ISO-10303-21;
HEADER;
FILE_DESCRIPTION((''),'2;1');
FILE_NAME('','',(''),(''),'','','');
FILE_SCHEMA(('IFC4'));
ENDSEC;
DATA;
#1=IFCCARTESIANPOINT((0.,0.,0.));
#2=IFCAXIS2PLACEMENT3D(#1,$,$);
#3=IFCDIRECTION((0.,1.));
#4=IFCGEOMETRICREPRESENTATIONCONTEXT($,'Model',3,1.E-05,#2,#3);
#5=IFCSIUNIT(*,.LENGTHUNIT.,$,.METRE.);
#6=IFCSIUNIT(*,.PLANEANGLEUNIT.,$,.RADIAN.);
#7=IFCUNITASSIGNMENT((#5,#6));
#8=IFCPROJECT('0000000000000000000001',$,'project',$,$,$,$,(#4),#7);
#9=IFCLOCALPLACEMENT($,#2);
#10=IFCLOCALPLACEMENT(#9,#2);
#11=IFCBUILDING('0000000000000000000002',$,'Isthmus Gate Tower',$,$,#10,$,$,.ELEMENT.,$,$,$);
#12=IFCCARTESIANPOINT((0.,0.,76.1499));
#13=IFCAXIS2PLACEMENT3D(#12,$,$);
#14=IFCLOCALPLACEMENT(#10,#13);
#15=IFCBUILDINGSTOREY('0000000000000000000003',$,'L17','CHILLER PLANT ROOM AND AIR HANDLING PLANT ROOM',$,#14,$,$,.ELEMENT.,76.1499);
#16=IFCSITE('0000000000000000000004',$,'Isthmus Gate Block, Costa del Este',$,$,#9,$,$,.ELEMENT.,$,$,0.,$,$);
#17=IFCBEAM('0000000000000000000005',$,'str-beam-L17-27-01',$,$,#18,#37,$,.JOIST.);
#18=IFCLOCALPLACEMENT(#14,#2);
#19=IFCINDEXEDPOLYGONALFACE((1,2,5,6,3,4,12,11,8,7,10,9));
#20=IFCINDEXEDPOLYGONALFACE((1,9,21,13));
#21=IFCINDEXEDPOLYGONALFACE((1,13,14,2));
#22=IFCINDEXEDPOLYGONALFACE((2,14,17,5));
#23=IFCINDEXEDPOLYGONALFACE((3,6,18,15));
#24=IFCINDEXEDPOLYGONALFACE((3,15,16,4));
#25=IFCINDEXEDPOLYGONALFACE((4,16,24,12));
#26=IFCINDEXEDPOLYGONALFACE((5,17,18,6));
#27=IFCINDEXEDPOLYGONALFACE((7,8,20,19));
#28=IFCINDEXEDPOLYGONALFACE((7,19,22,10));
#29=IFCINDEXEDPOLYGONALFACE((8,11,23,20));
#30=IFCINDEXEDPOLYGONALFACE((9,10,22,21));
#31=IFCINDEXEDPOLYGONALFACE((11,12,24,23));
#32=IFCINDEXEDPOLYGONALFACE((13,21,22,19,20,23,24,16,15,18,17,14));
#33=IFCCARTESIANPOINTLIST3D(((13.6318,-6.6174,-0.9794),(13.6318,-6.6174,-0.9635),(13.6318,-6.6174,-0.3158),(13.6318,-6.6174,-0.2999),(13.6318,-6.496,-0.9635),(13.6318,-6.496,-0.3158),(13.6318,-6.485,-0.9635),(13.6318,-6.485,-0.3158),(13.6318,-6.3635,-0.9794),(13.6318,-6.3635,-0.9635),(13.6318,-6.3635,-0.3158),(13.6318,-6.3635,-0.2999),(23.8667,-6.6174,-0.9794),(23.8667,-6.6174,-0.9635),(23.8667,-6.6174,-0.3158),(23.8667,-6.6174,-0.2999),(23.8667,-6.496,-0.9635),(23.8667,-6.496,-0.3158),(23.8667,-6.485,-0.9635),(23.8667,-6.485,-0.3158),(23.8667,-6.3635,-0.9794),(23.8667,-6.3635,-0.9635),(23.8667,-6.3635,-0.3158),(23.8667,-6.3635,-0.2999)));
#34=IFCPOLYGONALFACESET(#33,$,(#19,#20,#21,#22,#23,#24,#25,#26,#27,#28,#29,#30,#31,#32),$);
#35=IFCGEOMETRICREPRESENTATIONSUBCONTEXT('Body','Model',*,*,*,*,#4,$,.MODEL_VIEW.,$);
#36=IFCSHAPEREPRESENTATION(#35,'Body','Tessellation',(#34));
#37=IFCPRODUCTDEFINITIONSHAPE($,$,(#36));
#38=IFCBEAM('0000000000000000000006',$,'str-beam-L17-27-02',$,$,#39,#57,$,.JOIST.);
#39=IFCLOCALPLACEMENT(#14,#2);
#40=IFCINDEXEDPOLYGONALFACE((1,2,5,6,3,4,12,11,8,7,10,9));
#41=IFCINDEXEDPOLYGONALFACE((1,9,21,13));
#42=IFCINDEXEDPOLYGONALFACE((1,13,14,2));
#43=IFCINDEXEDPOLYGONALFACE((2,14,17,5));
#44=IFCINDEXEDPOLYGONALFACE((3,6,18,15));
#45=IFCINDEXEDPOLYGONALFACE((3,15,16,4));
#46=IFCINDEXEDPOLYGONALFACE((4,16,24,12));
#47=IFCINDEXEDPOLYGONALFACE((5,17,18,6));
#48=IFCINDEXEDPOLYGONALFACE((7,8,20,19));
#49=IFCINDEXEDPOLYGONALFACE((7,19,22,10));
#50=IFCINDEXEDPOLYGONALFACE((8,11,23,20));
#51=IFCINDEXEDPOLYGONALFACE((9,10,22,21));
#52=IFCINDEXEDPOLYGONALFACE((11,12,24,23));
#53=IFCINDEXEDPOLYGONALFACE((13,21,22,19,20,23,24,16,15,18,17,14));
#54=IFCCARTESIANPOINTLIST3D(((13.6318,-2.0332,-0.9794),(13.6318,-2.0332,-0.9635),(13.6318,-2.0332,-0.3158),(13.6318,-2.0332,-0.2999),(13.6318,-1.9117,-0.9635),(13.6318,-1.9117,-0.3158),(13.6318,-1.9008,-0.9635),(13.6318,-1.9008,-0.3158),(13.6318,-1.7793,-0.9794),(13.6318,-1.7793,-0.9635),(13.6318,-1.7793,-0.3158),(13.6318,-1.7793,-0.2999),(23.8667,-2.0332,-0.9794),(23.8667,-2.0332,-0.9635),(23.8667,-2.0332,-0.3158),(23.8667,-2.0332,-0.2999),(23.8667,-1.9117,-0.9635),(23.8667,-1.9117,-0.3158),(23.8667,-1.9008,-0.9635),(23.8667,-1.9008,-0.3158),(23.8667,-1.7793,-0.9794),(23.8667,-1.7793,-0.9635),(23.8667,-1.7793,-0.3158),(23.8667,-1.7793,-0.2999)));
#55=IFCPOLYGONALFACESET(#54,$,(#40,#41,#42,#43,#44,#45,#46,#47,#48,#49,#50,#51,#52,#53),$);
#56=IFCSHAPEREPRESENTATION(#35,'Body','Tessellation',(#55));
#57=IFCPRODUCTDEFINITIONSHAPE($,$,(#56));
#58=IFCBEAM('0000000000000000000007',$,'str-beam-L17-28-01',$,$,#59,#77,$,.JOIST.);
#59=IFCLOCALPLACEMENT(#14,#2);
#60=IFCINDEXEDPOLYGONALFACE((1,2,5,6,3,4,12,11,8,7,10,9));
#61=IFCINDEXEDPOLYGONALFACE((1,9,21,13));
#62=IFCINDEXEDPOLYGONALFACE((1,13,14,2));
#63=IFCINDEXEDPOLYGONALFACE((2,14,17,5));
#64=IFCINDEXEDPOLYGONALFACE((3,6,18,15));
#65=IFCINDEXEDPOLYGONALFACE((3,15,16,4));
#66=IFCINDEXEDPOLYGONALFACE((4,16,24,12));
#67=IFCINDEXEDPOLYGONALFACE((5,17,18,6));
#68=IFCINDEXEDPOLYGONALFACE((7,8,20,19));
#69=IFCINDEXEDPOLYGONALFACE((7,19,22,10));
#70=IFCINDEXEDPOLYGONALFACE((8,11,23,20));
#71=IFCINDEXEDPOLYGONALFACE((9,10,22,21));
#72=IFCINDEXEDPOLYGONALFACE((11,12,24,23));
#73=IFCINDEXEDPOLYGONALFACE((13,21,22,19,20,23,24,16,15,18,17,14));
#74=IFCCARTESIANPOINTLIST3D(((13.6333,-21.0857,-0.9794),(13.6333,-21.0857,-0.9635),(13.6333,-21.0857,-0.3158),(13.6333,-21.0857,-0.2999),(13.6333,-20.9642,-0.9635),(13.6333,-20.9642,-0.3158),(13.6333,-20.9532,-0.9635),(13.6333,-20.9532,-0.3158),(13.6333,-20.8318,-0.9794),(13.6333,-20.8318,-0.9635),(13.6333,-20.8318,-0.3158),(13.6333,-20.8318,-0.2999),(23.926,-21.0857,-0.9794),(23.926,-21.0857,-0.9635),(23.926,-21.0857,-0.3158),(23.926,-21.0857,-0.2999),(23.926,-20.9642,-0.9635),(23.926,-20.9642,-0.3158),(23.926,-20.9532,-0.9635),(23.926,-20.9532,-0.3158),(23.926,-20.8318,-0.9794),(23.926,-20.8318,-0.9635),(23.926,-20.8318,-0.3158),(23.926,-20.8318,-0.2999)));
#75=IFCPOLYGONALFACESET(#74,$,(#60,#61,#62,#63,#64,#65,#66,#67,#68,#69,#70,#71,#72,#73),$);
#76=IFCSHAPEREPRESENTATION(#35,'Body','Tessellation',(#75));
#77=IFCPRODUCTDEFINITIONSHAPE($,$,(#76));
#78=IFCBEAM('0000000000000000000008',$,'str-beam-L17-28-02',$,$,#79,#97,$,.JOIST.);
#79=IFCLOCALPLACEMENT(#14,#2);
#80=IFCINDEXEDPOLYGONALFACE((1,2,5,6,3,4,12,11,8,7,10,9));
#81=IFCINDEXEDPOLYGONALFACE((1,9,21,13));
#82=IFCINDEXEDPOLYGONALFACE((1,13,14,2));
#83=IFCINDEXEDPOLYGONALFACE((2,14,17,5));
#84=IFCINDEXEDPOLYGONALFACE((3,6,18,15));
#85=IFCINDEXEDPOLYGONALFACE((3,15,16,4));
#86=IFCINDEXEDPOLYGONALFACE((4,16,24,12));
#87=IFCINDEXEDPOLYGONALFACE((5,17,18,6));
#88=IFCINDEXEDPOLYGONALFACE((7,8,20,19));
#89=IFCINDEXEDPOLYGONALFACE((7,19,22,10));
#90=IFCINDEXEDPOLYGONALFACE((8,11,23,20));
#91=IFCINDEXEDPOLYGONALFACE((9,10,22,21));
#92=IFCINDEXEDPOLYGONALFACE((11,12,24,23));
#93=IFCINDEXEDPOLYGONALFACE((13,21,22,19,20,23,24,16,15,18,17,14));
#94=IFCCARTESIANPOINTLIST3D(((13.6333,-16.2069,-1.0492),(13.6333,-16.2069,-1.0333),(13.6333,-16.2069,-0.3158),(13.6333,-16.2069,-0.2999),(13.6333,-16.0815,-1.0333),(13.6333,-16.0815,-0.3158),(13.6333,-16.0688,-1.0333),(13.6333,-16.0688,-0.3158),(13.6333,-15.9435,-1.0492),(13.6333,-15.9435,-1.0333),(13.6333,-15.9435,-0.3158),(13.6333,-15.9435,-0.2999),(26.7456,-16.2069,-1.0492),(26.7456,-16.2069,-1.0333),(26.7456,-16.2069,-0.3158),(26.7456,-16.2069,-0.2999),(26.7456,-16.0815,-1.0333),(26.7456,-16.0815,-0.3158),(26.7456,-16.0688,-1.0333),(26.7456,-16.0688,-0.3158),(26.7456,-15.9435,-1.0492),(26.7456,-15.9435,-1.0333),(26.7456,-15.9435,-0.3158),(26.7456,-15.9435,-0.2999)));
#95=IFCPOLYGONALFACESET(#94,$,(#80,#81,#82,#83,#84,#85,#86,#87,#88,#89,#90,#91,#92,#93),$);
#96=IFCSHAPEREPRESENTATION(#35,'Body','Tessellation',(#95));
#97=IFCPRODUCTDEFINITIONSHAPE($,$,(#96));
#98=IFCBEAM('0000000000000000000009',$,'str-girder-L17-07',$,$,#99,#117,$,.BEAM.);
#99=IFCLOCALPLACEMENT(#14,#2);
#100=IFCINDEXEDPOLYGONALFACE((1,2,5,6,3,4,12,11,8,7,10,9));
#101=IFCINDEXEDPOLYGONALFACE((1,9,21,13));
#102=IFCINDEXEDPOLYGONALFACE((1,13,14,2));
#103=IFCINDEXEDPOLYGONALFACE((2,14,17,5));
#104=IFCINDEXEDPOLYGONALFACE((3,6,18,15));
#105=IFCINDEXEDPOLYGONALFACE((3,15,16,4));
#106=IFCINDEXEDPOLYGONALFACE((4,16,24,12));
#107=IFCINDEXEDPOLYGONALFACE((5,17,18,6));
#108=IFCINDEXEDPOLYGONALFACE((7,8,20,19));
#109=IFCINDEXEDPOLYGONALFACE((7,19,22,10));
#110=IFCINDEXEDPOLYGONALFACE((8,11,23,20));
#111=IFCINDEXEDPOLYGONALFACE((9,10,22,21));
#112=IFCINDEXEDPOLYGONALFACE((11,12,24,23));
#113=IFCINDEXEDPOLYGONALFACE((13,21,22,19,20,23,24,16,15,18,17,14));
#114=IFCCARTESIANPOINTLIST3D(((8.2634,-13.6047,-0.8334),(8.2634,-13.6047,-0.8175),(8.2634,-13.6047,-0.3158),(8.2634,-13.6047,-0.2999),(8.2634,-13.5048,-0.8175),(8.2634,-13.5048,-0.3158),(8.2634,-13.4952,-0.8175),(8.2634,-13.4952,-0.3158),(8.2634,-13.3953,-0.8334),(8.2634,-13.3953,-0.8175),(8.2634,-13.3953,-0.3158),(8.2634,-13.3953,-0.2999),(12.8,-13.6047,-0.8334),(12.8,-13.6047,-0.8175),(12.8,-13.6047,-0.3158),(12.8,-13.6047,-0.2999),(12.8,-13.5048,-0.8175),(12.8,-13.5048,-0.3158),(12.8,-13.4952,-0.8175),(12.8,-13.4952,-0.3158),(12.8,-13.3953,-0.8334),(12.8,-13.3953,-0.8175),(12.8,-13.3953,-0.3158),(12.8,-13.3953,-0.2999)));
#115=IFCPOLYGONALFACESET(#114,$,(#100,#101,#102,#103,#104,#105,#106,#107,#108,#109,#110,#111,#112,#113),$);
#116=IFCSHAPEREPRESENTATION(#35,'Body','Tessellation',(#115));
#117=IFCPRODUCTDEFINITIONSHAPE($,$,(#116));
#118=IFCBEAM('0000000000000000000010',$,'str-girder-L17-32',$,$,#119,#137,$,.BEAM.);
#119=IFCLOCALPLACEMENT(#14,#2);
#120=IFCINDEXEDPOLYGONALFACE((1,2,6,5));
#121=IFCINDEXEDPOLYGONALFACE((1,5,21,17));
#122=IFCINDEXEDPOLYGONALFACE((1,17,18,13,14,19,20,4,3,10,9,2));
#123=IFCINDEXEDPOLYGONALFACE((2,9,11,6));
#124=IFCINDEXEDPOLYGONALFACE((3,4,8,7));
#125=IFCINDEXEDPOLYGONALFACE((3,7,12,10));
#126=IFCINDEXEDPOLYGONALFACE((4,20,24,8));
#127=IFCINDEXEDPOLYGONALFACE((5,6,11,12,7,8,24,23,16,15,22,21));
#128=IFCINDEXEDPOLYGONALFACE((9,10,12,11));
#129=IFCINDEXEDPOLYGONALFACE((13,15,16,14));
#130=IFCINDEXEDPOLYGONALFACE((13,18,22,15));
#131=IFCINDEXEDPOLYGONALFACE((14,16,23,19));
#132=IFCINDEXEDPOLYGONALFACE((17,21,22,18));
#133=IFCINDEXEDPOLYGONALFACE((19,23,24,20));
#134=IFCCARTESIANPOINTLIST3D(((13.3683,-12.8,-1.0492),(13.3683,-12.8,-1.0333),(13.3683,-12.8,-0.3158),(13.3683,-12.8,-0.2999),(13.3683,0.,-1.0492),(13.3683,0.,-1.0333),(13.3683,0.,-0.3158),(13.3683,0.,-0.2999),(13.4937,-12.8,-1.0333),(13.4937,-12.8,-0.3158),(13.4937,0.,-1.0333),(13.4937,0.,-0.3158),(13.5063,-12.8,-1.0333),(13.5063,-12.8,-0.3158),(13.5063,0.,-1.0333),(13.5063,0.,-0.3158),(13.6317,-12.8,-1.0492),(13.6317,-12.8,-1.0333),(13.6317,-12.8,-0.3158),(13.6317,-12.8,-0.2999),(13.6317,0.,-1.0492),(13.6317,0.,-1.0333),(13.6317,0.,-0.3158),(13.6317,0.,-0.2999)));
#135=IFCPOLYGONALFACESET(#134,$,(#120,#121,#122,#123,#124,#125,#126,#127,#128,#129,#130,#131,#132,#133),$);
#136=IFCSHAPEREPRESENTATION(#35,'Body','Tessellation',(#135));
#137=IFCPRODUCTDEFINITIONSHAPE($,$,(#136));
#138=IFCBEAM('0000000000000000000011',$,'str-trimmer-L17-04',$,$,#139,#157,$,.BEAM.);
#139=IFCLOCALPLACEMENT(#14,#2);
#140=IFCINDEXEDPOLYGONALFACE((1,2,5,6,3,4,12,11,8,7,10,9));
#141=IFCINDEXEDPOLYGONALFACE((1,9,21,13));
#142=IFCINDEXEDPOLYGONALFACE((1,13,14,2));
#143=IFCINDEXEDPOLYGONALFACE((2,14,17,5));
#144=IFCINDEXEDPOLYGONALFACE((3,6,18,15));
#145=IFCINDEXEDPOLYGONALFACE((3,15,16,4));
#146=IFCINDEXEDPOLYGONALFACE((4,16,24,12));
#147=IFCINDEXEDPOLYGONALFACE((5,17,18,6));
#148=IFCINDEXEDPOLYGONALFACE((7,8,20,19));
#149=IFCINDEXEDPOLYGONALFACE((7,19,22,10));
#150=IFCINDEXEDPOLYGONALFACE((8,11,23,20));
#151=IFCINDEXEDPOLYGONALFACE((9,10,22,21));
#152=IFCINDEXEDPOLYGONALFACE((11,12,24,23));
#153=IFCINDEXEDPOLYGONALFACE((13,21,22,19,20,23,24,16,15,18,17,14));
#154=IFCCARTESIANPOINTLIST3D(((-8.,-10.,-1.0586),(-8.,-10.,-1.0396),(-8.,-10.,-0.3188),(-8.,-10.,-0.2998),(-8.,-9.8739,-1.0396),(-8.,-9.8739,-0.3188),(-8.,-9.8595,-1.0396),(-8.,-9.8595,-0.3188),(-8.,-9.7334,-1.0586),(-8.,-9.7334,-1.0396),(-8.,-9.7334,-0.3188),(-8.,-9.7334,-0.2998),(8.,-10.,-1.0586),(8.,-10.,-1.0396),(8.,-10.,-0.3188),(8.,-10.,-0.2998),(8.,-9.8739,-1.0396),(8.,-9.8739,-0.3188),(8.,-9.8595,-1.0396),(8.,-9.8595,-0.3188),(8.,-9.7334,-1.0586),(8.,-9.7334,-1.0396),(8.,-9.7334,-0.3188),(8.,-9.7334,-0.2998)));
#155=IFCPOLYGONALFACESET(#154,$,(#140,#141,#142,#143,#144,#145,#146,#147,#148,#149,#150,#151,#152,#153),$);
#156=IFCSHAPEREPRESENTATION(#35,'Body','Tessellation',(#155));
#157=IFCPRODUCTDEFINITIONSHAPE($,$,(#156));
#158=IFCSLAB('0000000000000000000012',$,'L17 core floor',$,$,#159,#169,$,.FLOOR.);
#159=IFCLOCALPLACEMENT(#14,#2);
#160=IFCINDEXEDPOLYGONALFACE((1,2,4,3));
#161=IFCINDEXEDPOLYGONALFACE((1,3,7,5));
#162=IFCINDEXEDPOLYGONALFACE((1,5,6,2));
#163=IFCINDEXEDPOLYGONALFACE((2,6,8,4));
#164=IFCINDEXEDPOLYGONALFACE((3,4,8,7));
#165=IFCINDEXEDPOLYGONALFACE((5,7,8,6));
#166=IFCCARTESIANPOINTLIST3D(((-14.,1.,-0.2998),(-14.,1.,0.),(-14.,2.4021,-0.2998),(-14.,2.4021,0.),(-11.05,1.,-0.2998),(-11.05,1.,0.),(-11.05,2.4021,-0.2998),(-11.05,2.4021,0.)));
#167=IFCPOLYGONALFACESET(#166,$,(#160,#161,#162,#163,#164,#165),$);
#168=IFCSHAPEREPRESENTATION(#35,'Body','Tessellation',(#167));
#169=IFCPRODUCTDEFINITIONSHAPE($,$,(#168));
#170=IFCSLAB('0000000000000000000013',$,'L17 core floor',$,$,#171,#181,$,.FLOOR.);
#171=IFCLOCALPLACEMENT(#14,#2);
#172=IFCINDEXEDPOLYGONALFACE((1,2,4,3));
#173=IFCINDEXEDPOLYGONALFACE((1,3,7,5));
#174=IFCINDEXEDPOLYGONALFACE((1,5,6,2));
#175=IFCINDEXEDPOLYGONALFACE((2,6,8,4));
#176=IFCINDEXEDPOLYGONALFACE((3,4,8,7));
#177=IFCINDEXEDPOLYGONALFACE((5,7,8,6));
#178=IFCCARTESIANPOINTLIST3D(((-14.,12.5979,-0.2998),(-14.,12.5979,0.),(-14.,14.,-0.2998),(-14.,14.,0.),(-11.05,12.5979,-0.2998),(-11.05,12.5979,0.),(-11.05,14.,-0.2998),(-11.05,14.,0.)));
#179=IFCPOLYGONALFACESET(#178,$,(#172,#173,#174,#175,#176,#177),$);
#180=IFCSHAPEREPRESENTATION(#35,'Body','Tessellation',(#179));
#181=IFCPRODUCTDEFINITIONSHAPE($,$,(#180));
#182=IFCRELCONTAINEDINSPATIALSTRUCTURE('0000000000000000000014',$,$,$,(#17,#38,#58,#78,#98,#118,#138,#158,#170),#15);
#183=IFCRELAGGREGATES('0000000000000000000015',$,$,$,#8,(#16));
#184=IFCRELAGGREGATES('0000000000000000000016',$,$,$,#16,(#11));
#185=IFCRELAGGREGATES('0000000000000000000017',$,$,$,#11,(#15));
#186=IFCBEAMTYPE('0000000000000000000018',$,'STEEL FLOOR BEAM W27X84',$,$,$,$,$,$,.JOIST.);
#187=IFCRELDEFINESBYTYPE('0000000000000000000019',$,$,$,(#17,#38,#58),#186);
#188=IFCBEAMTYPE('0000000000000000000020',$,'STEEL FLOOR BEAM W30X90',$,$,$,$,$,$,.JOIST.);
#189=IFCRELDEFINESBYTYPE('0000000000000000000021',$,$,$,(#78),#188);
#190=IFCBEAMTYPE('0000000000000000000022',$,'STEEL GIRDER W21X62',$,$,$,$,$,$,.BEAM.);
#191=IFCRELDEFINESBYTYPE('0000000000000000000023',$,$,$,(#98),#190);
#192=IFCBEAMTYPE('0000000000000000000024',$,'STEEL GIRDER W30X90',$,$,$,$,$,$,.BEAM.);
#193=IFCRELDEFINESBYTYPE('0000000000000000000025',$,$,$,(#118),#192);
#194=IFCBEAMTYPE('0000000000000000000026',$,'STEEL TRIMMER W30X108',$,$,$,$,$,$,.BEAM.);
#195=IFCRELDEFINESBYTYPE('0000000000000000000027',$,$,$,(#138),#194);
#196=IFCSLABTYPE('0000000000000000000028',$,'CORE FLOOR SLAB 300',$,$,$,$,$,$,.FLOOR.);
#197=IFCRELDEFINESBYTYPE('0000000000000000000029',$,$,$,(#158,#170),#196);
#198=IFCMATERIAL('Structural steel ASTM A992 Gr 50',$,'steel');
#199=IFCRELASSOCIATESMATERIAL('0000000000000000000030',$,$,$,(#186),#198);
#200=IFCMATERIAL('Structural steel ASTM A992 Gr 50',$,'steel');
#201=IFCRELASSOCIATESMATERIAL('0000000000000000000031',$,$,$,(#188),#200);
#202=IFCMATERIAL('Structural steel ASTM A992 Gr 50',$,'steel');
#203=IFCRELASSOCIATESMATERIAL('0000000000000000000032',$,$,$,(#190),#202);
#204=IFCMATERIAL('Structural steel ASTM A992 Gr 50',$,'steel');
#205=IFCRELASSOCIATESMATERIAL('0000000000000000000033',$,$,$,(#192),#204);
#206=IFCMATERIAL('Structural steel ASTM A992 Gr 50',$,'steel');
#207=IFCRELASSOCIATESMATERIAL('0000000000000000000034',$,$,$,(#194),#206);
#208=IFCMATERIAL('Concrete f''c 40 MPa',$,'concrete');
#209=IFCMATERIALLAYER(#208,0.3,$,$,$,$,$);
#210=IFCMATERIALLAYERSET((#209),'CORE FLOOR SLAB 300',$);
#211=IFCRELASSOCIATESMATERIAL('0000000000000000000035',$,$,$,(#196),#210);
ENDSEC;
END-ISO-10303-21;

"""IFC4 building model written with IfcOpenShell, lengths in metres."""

from ifc_helpers import new_model, si_unit, direction, frame, origin, origin_2d, place, context, subcontext, project, spatial, polyline, i_section, outline, extrude, material, layer, layer_set, material_profile, profile_set, type_object, element, save


model = new_model("IFC4")

# Units and contexts
model_context = context("Model", 3, precision=1e-05, world=origin(), true_north=direction((0.0, 1.0)))
body_context = subcontext(model_context, "Body", "Model", "MODEL_VIEW")
ifc_project = project(units=[si_unit("LENGTHUNIT", "METRE"), si_unit("PLANEANGLEUNIT", "RADIAN")], contexts=[model_context])

# Site, building, storey
site_placement = place(None, origin())
site = spatial("IfcSite", under=ifc_project, at=site_placement, Name="Isthmus Gate Block, Costa del Este", CompositionType="ELEMENT", RefElevation=0.0)
building_placement = place(site_placement, origin())
building = spatial("IfcBuilding", under=site, at=building_placement, Name="Isthmus Gate Tower", CompositionType="ELEMENT")
storey_placement = place(building_placement, frame((0.0, 0.0, 76.1499)))
storey = spatial("IfcBuildingStorey", under=building, at=storey_placement, Name="L17", Description="CHILLER PLANT ROOM AND AIR HANDLING PLANT ROOM", CompositionType="ELEMENT", Elevation=76.1499)

# Beams
ifc_material_1 = material(Name="Structural steel ASTM A992 Gr 50", Category="steel")
ifc_material_profile_1 = material_profile(ifc_material_1, i_section(OverallWidth=0.2539, OverallDepth=0.6794, WebThickness=0.011, FlangeThickness=0.0159, at=origin_2d()), Name="W27X84")
ifc_profile_set_1 = profile_set([ifc_material_profile_1], Name="Structural steel ASTM A992 Gr 50")
beam_type_1 = type_object("IfcBeamType", Name="STEEL FLOOR BEAM W27X84", PredefinedType="JOIST", material=ifc_profile_set_1)
for number, where, z_axis, x_axis, name in (
    (1, (13.6318, -6.4905, -0.6396), (1.0, 0.0, 0.0), (0.0, 1.0, 0.0), "str-beam-L17-27-01"),
    (2, (13.6318, -1.9062, -0.6396), (1.0, 0.0, 0.0), (0.0, 1.0, 0.0), "str-beam-L17-27-02"),
):
    element("IfcBeam", number, at=place(storey_placement, frame(where, z_axis=z_axis, x_axis=x_axis)), inside=storey, type_object=beam_type_1, Name=name, PredefinedType="JOIST", context=body_context, shape_type="SweptSolid", body=[
        extrude(i_section(OverallWidth=0.2539, OverallDepth=0.6794, WebThickness=0.011, FlangeThickness=0.0159, at=origin_2d()), origin(), (0.0, 0.0, 1.0), 10.2349),
    ])
beam_1_placement = place(storey_placement, frame((13.6333, -20.9587, -0.6396), z_axis=(1.0, 0.0, 0.0), x_axis=(0.0, 1.0, 0.0)))
element("IfcBeam", 3, at=beam_1_placement, inside=storey, type_object=beam_type_1, Name="str-beam-L17-28-01", PredefinedType="JOIST", context=body_context, shape_type="SweptSolid", body=[
    extrude(i_section(OverallWidth=0.2539, OverallDepth=0.6794, WebThickness=0.011, FlangeThickness=0.0159, at=origin_2d()), origin(), (0.0, 0.0, 1.0), 10.2927),
])
ifc_material_2 = material(Name="Structural steel ASTM A992 Gr 50", Category="steel")
ifc_material_profile_2 = material_profile(ifc_material_2, i_section(OverallWidth=0.2634, OverallDepth=0.7493, WebThickness=0.0127, FlangeThickness=0.0159, at=origin_2d()), Name="W30X90")
ifc_profile_set_2 = profile_set([ifc_material_profile_2], Name="Structural steel ASTM A992 Gr 50")
beam_type_2 = type_object("IfcBeamType", Name="STEEL FLOOR BEAM W30X90", PredefinedType="JOIST", material=ifc_profile_set_2)
beam_2_placement = place(storey_placement, frame((13.6333, -16.0752, -0.6746), z_axis=(1.0, 0.0, 0.0), x_axis=(0.0, 1.0, 0.0)))
element("IfcBeam", 4, at=beam_2_placement, inside=storey, type_object=beam_type_2, Name="str-beam-L17-28-02", PredefinedType="JOIST", context=body_context, shape_type="SweptSolid", body=[
    extrude(i_section(OverallWidth=0.2634, OverallDepth=0.7493, WebThickness=0.0127, FlangeThickness=0.0159, at=origin_2d()), origin(), (0.0, 0.0, 1.0), 13.1123),
])
ifc_material_3 = material(Name="Structural steel ASTM A992 Gr 50", Category="steel")
ifc_material_profile_3 = material_profile(ifc_material_3, i_section(OverallWidth=0.2095, OverallDepth=0.5334, WebThickness=0.0095, FlangeThickness=0.0159, at=origin_2d()), Name="W21X62")
ifc_profile_set_3 = profile_set([ifc_material_profile_3], Name="Structural steel ASTM A992 Gr 50")
beam_type_3 = type_object("IfcBeamType", Name="STEEL GIRDER W21X62", PredefinedType="BEAM", material=ifc_profile_set_3)
beam_3_placement = place(storey_placement, frame((8.2634, -13.5, -0.5667), z_axis=(1.0, 0.0, 0.0), x_axis=(0.0, 1.0, 0.0)))
element("IfcBeam", 5, at=beam_3_placement, inside=storey, type_object=beam_type_3, Name="str-girder-L17-07", PredefinedType="BEAM", context=body_context, shape_type="SweptSolid", body=[
    extrude(i_section(OverallWidth=0.2095, OverallDepth=0.5334, WebThickness=0.0095, FlangeThickness=0.0159, at=origin_2d()), origin(), (0.0, 0.0, 1.0), 4.5366),
])
ifc_material_4 = material(Name="Structural steel ASTM A992 Gr 50", Category="steel")
ifc_material_profile_4 = material_profile(ifc_material_4, i_section(OverallWidth=0.2634, OverallDepth=0.7493, WebThickness=0.0127, FlangeThickness=0.0159, at=origin_2d()), Name="W30X90")
ifc_profile_set_4 = profile_set([ifc_material_profile_4], Name="Structural steel ASTM A992 Gr 50")
beam_type_4 = type_object("IfcBeamType", Name="STEEL GIRDER W30X90", PredefinedType="BEAM", material=ifc_profile_set_4)
beam_4_placement = place(storey_placement, frame((13.5, -12.8, -0.6746), z_axis=(0.0, 1.0, 0.0), x_axis=(-1.0, 0.0, 0.0)))
element("IfcBeam", 6, at=beam_4_placement, inside=storey, type_object=beam_type_4, Name="str-girder-L17-32", PredefinedType="BEAM", context=body_context, shape_type="SweptSolid", body=[
    extrude(i_section(OverallWidth=0.2634, OverallDepth=0.7493, WebThickness=0.0127, FlangeThickness=0.0159, at=origin_2d()), origin(), (0.0, 0.0, 1.0), 12.8),
])
ifc_material_5 = material(Name="Structural steel ASTM A992 Gr 50", Category="steel")
ifc_material_profile_5 = material_profile(ifc_material_5, i_section(OverallWidth=0.2666, OverallDepth=0.7588, WebThickness=0.0144, FlangeThickness=0.019, at=origin_2d()), Name="W30X108")
ifc_profile_set_5 = profile_set([ifc_material_profile_5], Name="Structural steel ASTM A992 Gr 50")
beam_type_5 = type_object("IfcBeamType", Name="STEEL TRIMMER W30X108", PredefinedType="BEAM", material=ifc_profile_set_5)
beam_5_placement = place(storey_placement, frame((8.0, -9.8667, -0.6792), z_axis=(-1.0, 0.0, 0.0), x_axis=(0.0, -1.0, 0.0)))
element("IfcBeam", 7, at=beam_5_placement, inside=storey, type_object=beam_type_5, Name="str-trimmer-L17-04", PredefinedType="BEAM", context=body_context, shape_type="SweptSolid", body=[
    extrude(i_section(OverallWidth=0.2666, OverallDepth=0.7588, WebThickness=0.0144, FlangeThickness=0.019, at=origin_2d()), origin(), (0.0, 0.0, 1.0), 16.0),
])

# Slabs
ifc_material_6 = material(Name="Concrete f'c 40 MPa", Category="concrete")
ifc_layer_1 = layer(ifc_material_6, 0.3)
ifc_layer_set_1 = layer_set([ifc_layer_1], Name="CORE FLOOR SLAB 300")
slab_type_1 = type_object("IfcSlabType", Name="CORE FLOOR SLAB 300", PredefinedType="FLOOR", material=ifc_layer_set_1)
slab_1_placement = place(storey_placement, frame((0.0, 0.0, -0.2998)))
element("IfcSlab", 8, at=slab_1_placement, inside=storey, type_object=slab_type_1, Name="L17 core floor", PredefinedType="FLOOR", context=body_context, shape_type="SweptSolid", body=[
    extrude(outline(polyline([(-11.05, 1.0), (-11.05, 2.4021), (-14.0, 2.4021), (-14.0, 1.0), (-11.05, 1.0)])), origin(), (0.0, 0.0, 1.0), 0.2998),
])
slab_2_placement = place(storey_placement, frame((0.0, 0.0, -0.2998)))
element("IfcSlab", 9, at=slab_2_placement, inside=storey, type_object=slab_type_1, Name="L17 core floor", PredefinedType="FLOOR", context=body_context, shape_type="SweptSolid", body=[
    extrude(outline(polyline([(-14.0, 14.0), (-14.0, 12.5979), (-11.05, 12.5979), (-11.05, 14.0), (-14.0, 14.0)])), origin(), (0.0, 0.0, 1.0), 0.2998),
])

save(model, "model.ifc")
